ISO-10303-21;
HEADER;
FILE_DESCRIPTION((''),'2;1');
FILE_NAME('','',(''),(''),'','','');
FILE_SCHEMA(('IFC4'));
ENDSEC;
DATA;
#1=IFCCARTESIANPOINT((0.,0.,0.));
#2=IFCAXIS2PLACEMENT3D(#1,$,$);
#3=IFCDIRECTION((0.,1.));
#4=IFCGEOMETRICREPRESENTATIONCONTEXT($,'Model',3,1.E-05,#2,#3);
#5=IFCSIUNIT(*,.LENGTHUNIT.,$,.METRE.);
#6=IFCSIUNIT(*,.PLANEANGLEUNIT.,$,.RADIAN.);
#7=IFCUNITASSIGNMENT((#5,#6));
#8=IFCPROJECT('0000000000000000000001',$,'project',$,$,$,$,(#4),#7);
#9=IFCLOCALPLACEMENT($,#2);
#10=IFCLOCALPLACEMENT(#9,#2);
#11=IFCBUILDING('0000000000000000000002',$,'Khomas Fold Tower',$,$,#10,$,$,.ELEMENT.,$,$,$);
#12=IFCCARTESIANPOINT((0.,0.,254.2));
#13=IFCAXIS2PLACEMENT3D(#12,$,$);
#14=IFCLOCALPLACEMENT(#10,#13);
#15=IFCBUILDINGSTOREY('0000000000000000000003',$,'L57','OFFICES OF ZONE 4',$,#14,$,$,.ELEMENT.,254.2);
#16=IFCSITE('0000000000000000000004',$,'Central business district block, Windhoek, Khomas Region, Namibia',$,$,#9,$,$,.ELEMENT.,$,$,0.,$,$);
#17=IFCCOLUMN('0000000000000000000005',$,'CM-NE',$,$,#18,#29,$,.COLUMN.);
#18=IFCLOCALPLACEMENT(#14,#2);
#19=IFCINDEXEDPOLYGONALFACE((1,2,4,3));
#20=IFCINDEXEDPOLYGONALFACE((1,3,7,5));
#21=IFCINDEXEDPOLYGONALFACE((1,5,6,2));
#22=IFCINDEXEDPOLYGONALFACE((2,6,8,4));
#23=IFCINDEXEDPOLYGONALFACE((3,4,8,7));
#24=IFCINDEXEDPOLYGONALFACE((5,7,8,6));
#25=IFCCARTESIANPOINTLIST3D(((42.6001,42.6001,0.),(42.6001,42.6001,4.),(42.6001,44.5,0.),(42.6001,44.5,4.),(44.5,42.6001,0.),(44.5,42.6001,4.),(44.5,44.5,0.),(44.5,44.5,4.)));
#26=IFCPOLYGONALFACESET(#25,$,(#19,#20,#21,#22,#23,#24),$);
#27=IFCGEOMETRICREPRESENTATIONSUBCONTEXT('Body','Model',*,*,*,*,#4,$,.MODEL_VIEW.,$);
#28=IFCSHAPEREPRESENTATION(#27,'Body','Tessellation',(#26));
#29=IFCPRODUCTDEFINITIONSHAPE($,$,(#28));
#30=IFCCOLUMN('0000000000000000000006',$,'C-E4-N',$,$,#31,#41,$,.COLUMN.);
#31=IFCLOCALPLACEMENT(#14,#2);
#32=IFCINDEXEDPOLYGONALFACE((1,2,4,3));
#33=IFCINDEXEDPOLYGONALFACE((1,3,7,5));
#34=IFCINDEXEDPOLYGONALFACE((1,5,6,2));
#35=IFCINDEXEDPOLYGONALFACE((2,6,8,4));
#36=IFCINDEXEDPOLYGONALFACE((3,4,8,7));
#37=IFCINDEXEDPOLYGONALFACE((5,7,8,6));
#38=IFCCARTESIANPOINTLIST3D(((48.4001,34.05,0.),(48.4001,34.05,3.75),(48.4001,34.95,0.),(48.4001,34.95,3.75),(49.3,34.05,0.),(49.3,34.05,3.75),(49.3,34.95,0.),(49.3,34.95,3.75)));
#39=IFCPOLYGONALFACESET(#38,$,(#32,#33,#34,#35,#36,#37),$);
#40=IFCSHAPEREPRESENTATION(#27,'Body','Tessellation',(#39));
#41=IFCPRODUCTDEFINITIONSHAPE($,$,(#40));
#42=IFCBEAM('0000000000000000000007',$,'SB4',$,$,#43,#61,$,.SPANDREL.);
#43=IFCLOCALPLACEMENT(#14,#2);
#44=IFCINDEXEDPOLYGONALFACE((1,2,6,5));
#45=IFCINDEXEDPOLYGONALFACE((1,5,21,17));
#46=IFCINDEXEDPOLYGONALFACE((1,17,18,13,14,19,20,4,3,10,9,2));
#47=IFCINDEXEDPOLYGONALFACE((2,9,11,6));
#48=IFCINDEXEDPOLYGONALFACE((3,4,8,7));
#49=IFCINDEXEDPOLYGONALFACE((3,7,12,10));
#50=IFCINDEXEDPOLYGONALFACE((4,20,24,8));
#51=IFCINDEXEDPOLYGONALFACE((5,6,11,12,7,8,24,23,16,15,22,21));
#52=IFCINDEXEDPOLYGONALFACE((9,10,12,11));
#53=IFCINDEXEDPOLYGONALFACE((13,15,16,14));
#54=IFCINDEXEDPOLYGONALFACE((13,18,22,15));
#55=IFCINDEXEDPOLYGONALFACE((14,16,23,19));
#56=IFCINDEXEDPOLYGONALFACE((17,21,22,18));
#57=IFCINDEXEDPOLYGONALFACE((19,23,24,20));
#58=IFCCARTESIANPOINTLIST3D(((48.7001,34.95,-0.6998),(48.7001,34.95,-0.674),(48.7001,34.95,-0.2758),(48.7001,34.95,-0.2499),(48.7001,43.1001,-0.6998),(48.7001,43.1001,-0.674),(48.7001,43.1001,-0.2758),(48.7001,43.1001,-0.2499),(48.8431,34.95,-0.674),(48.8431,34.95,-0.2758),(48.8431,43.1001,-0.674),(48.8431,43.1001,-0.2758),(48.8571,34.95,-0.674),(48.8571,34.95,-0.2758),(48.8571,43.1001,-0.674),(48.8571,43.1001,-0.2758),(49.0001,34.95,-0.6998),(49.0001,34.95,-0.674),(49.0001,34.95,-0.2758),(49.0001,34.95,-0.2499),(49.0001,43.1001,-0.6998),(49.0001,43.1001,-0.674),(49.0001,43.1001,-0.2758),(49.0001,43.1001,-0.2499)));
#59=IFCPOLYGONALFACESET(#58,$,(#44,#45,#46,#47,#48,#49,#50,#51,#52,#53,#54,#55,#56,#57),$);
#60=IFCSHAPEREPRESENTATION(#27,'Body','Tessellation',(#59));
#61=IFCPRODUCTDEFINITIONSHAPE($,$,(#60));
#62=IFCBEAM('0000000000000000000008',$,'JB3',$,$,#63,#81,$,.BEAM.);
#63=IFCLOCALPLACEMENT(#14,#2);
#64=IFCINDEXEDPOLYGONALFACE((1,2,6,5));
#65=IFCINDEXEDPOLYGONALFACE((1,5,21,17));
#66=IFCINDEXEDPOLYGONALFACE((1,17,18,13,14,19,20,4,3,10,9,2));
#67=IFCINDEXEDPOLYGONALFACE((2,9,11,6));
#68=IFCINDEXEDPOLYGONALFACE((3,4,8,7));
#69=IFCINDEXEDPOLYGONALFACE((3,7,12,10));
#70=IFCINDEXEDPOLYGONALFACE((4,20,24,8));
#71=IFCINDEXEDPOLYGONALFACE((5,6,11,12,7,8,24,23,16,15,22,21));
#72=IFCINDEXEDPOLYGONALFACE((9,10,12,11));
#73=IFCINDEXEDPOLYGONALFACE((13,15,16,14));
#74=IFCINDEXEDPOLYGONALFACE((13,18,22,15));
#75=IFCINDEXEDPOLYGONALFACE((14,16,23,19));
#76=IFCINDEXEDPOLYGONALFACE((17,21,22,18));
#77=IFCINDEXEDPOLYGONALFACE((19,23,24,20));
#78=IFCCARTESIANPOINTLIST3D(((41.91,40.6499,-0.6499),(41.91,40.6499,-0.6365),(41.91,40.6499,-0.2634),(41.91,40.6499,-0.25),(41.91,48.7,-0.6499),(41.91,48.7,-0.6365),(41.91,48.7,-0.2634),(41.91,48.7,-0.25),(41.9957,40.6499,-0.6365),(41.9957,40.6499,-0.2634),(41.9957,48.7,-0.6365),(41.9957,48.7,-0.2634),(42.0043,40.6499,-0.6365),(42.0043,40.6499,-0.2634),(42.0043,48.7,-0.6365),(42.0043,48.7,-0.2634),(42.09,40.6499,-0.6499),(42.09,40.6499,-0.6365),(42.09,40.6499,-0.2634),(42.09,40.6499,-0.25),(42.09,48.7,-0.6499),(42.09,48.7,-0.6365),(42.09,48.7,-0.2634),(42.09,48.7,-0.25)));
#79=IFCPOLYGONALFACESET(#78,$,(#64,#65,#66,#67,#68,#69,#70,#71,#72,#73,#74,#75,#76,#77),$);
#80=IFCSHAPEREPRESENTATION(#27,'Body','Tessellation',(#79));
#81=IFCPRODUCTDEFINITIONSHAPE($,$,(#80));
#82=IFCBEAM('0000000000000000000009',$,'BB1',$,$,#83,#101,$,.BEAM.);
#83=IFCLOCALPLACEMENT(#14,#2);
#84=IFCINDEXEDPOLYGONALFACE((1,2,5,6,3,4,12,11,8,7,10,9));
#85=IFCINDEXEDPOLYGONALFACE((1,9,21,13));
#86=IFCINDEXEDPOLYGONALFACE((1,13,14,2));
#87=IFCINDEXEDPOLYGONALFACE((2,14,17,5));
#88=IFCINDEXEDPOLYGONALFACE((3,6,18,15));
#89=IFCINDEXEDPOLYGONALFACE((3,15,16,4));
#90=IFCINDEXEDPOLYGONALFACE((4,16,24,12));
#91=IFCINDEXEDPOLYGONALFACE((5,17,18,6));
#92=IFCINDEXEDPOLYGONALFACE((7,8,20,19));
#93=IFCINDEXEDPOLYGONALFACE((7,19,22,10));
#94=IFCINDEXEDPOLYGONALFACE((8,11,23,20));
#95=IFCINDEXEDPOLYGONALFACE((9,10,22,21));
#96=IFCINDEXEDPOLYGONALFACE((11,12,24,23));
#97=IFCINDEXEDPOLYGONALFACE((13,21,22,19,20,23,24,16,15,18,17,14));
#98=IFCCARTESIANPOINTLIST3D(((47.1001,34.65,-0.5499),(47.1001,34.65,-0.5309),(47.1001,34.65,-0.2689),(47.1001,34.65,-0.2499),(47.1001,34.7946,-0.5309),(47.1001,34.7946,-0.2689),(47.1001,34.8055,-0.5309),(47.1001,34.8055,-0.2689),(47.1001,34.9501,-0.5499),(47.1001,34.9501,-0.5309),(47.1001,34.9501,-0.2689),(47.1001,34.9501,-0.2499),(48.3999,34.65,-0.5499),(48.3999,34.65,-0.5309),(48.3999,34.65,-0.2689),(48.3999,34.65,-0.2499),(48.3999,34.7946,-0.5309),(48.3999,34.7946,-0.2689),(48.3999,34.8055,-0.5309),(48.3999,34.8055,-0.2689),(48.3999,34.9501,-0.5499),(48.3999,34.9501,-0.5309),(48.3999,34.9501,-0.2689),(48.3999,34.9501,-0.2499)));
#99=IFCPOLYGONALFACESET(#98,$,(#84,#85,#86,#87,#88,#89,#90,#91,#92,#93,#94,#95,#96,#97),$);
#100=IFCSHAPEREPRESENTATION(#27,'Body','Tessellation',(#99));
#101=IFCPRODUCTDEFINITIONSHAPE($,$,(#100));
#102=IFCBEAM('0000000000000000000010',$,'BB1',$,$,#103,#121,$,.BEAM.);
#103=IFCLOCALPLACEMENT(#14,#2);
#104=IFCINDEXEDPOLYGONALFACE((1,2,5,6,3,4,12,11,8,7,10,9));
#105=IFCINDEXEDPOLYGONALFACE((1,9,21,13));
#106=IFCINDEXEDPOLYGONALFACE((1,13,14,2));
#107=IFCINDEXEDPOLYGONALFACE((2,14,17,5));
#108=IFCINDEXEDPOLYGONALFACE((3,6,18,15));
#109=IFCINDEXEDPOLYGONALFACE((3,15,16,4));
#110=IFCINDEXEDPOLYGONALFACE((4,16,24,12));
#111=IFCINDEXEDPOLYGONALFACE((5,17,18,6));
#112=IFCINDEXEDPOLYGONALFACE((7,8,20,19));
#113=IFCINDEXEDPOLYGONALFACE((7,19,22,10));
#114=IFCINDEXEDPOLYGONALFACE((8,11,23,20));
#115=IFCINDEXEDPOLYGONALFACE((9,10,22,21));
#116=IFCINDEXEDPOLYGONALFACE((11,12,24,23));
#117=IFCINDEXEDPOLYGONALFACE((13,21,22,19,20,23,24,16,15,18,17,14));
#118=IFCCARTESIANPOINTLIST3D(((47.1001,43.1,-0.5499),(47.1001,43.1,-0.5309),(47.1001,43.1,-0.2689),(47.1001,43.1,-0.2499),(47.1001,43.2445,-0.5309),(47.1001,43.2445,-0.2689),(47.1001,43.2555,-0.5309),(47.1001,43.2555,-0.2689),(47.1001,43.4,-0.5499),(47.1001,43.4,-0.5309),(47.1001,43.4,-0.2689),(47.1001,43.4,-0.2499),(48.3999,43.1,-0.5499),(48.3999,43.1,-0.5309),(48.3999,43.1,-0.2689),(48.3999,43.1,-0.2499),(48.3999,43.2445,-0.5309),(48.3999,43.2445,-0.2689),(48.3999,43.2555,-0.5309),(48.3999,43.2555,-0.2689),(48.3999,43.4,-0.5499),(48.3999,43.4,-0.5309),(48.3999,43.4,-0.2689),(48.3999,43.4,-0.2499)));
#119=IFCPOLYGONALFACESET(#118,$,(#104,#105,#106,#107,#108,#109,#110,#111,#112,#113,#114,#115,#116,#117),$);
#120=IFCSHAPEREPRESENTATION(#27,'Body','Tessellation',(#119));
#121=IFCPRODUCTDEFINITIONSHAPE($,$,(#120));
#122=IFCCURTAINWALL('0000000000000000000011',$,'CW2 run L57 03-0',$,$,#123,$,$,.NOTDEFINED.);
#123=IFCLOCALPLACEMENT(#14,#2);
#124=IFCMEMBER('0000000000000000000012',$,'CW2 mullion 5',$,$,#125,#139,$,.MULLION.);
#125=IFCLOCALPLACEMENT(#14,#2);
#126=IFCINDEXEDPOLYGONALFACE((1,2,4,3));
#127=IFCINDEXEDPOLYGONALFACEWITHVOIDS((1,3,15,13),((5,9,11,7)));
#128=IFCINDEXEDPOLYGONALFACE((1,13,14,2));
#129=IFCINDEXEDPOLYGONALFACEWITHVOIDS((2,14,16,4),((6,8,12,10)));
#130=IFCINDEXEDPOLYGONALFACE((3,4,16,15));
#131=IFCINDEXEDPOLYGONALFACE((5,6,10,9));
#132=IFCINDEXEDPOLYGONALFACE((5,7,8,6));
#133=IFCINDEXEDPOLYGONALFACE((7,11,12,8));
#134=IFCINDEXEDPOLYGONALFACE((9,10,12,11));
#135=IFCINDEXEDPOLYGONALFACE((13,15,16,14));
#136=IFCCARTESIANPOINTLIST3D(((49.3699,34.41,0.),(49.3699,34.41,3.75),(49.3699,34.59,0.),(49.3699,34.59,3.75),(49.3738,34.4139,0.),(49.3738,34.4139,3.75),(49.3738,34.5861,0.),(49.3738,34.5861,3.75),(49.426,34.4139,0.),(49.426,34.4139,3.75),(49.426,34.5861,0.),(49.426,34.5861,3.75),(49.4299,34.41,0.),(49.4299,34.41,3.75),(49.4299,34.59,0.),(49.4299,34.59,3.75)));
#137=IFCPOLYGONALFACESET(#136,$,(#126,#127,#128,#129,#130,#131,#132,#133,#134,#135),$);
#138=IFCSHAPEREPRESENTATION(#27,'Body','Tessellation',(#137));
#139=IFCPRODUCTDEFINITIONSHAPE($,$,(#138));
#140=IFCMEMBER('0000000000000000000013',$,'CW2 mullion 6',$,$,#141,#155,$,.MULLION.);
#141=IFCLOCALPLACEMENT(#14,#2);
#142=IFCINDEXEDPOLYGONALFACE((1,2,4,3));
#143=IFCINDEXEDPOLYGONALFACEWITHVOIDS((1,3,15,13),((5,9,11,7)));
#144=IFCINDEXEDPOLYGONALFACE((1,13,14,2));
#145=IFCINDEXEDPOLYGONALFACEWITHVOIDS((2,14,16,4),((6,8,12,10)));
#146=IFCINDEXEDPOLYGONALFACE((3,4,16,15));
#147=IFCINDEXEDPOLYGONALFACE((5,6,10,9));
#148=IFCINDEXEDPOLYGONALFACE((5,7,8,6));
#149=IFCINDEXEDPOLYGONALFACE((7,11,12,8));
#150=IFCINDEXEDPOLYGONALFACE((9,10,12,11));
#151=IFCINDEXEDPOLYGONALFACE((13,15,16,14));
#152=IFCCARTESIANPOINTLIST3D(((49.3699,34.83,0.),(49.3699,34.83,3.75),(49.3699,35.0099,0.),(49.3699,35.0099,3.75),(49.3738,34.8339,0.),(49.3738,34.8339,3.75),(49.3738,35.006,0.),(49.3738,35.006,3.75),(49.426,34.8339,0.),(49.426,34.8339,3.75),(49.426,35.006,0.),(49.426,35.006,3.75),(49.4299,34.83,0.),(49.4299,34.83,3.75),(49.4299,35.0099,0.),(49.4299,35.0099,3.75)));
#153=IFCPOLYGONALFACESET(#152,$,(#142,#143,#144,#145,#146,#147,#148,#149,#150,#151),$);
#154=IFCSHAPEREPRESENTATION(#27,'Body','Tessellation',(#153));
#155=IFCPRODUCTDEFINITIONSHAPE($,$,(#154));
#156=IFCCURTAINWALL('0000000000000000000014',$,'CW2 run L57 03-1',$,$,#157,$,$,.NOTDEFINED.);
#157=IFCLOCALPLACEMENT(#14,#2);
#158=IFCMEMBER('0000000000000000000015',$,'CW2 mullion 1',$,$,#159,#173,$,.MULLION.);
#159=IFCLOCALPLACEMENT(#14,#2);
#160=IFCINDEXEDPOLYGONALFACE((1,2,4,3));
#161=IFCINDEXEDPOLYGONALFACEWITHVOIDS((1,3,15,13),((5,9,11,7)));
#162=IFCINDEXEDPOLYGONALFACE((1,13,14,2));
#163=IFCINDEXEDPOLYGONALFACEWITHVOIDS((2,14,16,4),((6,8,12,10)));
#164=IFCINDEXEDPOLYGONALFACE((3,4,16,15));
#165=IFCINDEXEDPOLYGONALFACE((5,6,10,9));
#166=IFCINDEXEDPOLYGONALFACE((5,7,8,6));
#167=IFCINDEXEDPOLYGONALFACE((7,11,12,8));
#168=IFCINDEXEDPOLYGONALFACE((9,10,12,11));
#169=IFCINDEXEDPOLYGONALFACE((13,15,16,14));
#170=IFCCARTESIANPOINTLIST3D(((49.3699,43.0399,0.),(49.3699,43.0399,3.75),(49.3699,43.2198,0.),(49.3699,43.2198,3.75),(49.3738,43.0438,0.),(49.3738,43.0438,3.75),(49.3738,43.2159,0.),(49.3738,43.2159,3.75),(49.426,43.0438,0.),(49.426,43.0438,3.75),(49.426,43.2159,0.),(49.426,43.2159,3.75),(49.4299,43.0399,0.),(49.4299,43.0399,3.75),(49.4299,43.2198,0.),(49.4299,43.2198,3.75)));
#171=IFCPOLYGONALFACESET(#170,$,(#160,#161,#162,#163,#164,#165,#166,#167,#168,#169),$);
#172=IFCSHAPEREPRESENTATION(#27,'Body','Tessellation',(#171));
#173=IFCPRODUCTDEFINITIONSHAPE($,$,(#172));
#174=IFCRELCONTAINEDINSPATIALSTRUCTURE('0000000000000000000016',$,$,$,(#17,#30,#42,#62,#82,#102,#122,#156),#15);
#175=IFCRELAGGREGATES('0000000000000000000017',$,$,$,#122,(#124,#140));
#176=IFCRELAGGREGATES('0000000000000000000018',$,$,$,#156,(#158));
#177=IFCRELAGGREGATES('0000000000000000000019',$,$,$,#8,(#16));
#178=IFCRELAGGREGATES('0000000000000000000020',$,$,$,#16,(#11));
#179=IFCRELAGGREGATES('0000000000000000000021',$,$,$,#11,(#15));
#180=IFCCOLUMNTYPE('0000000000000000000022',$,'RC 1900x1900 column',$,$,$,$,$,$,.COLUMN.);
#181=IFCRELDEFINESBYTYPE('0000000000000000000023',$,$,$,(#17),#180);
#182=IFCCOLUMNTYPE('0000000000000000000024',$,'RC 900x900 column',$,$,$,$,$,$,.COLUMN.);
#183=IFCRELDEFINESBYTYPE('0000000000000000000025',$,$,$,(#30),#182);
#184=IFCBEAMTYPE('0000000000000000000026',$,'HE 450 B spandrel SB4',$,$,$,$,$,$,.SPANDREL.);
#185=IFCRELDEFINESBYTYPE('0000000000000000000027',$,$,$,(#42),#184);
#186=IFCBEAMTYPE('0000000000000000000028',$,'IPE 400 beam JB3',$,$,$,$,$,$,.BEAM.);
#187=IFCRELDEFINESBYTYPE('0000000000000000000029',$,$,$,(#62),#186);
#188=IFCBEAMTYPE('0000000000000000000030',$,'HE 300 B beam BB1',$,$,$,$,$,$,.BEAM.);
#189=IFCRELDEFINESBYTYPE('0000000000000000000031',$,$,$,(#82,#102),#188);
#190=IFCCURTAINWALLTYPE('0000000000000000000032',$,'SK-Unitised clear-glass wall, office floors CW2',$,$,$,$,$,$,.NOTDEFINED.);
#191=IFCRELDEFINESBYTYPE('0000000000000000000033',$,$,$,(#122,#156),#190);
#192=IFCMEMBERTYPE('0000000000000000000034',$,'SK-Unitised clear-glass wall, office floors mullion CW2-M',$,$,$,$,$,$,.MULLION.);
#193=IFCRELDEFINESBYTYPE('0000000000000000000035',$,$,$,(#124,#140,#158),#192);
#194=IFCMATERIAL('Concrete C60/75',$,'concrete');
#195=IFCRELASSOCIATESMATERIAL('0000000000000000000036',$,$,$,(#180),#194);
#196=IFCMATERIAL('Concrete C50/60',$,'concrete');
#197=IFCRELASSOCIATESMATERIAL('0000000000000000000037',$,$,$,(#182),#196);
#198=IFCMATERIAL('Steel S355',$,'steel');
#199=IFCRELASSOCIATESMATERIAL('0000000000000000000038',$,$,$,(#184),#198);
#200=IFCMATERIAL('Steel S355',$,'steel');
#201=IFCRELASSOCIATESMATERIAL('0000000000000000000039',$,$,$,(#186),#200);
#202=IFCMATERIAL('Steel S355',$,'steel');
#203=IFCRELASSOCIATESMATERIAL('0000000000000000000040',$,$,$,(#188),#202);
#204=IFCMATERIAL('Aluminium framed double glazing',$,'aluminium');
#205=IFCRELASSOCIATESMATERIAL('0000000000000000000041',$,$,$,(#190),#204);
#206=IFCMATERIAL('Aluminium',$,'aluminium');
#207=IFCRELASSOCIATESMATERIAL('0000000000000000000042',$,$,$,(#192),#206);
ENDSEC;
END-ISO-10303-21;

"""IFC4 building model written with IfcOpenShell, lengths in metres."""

from ifc_helpers import new_model, si_unit, direction, frame, origin, origin_2d, place, context, subcontext, project, spatial, rectangle, hollow_rectangle, i_section, extrude, source, transform, mapped, material, material_profile, profile_set, type_object, element, aggregate, save


model = new_model("IFC4")

# Units and contexts
model_context = context("Model", 3, precision=1e-05, world=origin(), true_north=direction((0.0, 1.0)))
body_context = subcontext(model_context, "Body", "Model", "MODEL_VIEW")
ifc_project = project(units=[si_unit("LENGTHUNIT", "METRE"), si_unit("PLANEANGLEUNIT", "RADIAN")], contexts=[model_context])

# Site, building, storey
site_placement = place(None, origin())
site = spatial("IfcSite", under=ifc_project, at=site_placement, Name="Central business district block, Windhoek, Khomas Region, Namibia", CompositionType="ELEMENT", RefElevation=0.0)
building_placement = place(site_placement, origin())
building = spatial("IfcBuilding", under=site, at=building_placement, Name="Khomas Fold Tower", CompositionType="ELEMENT")
storey_placement = place(building_placement, frame((0.0, 0.0, 254.2)))
storey = spatial("IfcBuildingStorey", under=building, at=storey_placement, Name="L57", Description="OFFICES OF ZONE 4", CompositionType="ELEMENT", Elevation=254.2)

# Columns
ifc_material_1 = material(Name="Concrete C60/75", Category="concrete")
ifc_material_profile_1 = material_profile(ifc_material_1, rectangle(XDim=1.8999, YDim=1.8999, at=origin_2d()), Name="RC 1900x1900")
ifc_profile_set_1 = profile_set([ifc_material_profile_1], Name="Concrete C60/75")
column_type_1 = type_object("IfcColumnType", Name="RC 1900x1900 column", PredefinedType="COLUMN", material=ifc_profile_set_1)
shared_shape_1 = source(origin(), body_context, "Body", "SweptSolid", [
    extrude(rectangle(XDim=1.8999, YDim=1.8999, at=origin_2d()), origin(), (0.0, 0.0, 1.0), 4.0),
])
column_1_placement = place(storey_placement, frame((43.55, 43.55, 0.0), z_axis=(0.0, 0.0, 1.0), x_axis=(1.0, 0.0, 0.0)))
element("IfcColumn", 1, at=column_1_placement, inside=storey, type_object=column_type_1, Name="CM-NE", PredefinedType="COLUMN", context=body_context, shape_type="MappedRepresentation", body=[
    mapped(shared_shape_1, transform((0.0, 0.0, 0.0))),
])
ifc_material_2 = material(Name="Concrete C50/60", Category="concrete")
ifc_material_profile_2 = material_profile(ifc_material_2, rectangle(XDim=0.8999, YDim=0.8999, at=origin_2d()), Name="RC 900x900")
ifc_profile_set_2 = profile_set([ifc_material_profile_2], Name="Concrete C50/60")
column_type_2 = type_object("IfcColumnType", Name="RC 900x900 column", PredefinedType="COLUMN", material=ifc_profile_set_2)
shared_shape_2 = source(origin(), body_context, "Body", "SweptSolid", [
    extrude(rectangle(XDim=0.8999, YDim=0.8999, at=origin_2d()), origin(), (0.0, 0.0, 1.0), 3.75),
])
column_2_placement = place(storey_placement, frame((48.8501, 34.5, 0.0), z_axis=(0.0, 0.0, 1.0), x_axis=(1.0, 0.0, 0.0)))
element("IfcColumn", 2, at=column_2_placement, inside=storey, type_object=column_type_2, Name="C-E4-N", PredefinedType="COLUMN", context=body_context, shape_type="MappedRepresentation", body=[
    mapped(shared_shape_2, transform((0.0, 0.0, 0.0))),
])

# Beams
ifc_material_3 = material(Name="Steel S355", Category="steel")
ifc_material_profile_3 = material_profile(ifc_material_3, i_section(OverallWidth=0.3, OverallDepth=0.45, WebThickness=0.0139, FlangeThickness=0.0259, at=origin_2d()), Name="HE 450 B")
ifc_profile_set_3 = profile_set([ifc_material_profile_3], Name="Steel S355")
beam_type_1 = type_object("IfcBeamType", Name="HE 450 B spandrel SB4", PredefinedType="SPANDREL", material=ifc_profile_set_3)
shared_shape_3 = source(origin(), body_context, "Body", "SweptSolid", [
    extrude(i_section(OverallWidth=0.3, OverallDepth=0.45, WebThickness=0.0139, FlangeThickness=0.0259, at=origin_2d()), origin(), (0.0, 0.0, 1.0), 8.1501),
])
beam_1_placement = place(storey_placement, frame((48.8501, 34.95, -0.4749), z_axis=(0.0, 1.0, 0.0), x_axis=(-1.0, 0.0, 0.0)))
element("IfcBeam", 3, at=beam_1_placement, inside=storey, type_object=beam_type_1, Name="SB4", PredefinedType="SPANDREL", context=body_context, shape_type="MappedRepresentation", body=[
    mapped(shared_shape_3, transform((0.0, 0.0, 0.0))),
])
ifc_material_4 = material(Name="Steel S355", Category="steel")
ifc_material_profile_4 = material_profile(ifc_material_4, i_section(OverallWidth=0.1799, OverallDepth=0.3999, WebThickness=0.0085, FlangeThickness=0.0134, at=origin_2d()), Name="IPE 400")
ifc_profile_set_4 = profile_set([ifc_material_profile_4], Name="Steel S355")
beam_type_2 = type_object("IfcBeamType", Name="IPE 400 beam JB3", PredefinedType="BEAM", material=ifc_profile_set_4)
shared_shape_4 = source(origin(), body_context, "Body", "SweptSolid", [
    extrude(i_section(OverallWidth=0.1799, OverallDepth=0.3999, WebThickness=0.0085, FlangeThickness=0.0134, at=origin_2d()), origin(), (0.0, 0.0, 1.0), 8.05),
])
beam_2_placement = place(storey_placement, frame((42.0, 40.6499, -0.45), z_axis=(0.0, 1.0, 0.0), x_axis=(-1.0, 0.0, 0.0)))
element("IfcBeam", 4, at=beam_2_placement, inside=storey, type_object=beam_type_2, Name="JB3", PredefinedType="BEAM", context=body_context, shape_type="MappedRepresentation", body=[
    mapped(shared_shape_4, transform((0.0, 0.0, 0.0))),
])
ifc_material_5 = material(Name="Steel S355", Category="steel")
ifc_material_profile_5 = material_profile(ifc_material_5, i_section(OverallWidth=0.3, OverallDepth=0.3, WebThickness=0.011, FlangeThickness=0.019, at=origin_2d()), Name="HE 300 B")
ifc_profile_set_5 = profile_set([ifc_material_profile_5], Name="Steel S355")
beam_type_3 = type_object("IfcBeamType", Name="HE 300 B beam BB1", PredefinedType="BEAM", material=ifc_profile_set_5)
shared_shape_5 = source(origin(), body_context, "Body", "SweptSolid", [
    extrude(i_section(OverallWidth=0.3, OverallDepth=0.3, WebThickness=0.011, FlangeThickness=0.019, at=origin_2d()), origin(), (0.0, 0.0, 1.0), 1.2998),
])
for number, where, z_axis, x_axis, name in (
    (5, (47.1001, 34.8, -0.3999), (1.0, 0.0, 0.0), (0.0, 1.0, 0.0), "BB1"),
    (6, (47.1001, 43.25, -0.3999), (1.0, 0.0, 0.0), (0.0, 1.0, 0.0), "BB1"),
):
    element("IfcBeam", number, at=place(storey_placement, frame(where, z_axis=z_axis, x_axis=x_axis)), inside=storey, type_object=beam_type_3, Name=name, PredefinedType="BEAM", context=body_context, shape_type="MappedRepresentation", body=[
        mapped(shared_shape_5, transform((0.0, 0.0, 0.0))),
    ])

# Curtain wall, members
ifc_material_6 = material(Name="Aluminium framed double glazing", Category="aluminium")
curtain_wall_type = type_object("IfcCurtainWallType", Name="SK-Unitised clear-glass wall, office floors CW2", PredefinedType="NOTDEFINED", material=ifc_material_6)
curtain_wall_1_placement = place(storey_placement, origin())
curtain_wall_1 = element("IfcCurtainWall", 7, at=curtain_wall_1_placement, inside=storey, type_object=curtain_wall_type, Name="CW2 run L57 03-0", PredefinedType="NOTDEFINED")
ifc_material_7 = material(Name="Aluminium", Category="aluminium")
ifc_material_profile_6 = material_profile(ifc_material_7, hollow_rectangle(XDim=0.0601, YDim=0.1799, WallThickness=0.0039, at=origin_2d()), Name="SK-Unitised clear-glass wall, office floors mullion CW2-M")
ifc_profile_set_6 = profile_set([ifc_material_profile_6], Name="Aluminium")
member_type_1 = type_object("IfcMemberType", Name="SK-Unitised clear-glass wall, office floors mullion CW2-M", PredefinedType="MULLION", material=ifc_profile_set_6)
shared_shape_6 = source(origin(), body_context, "Body", "SweptSolid", [
    extrude(hollow_rectangle(XDim=0.0601, YDim=0.1799, WallThickness=0.0039, at=origin_2d()), origin(), (0.0, 0.0, 1.0), 3.75),
])
member_1_placement = place(storey_placement, frame((49.3999, 34.5, 0.0), z_axis=(0.0, 0.0, 1.0), x_axis=(-1.0, 0.0, 0.0)))
member_1 = element("IfcMember", 8, at=member_1_placement, type_object=member_type_1, Name="CW2 mullion 5", PredefinedType="MULLION", context=body_context, shape_type="MappedRepresentation", body=[
    mapped(shared_shape_6, transform((0.0, 0.0, 0.0))),
])
member_2_placement = place(storey_placement, frame((49.3999, 34.9199, 0.0), z_axis=(0.0, 0.0, 1.0), x_axis=(-1.0, 0.0, 0.0)))
member_2 = element("IfcMember", 9, at=member_2_placement, type_object=member_type_1, Name="CW2 mullion 6", PredefinedType="MULLION", context=body_context, shape_type="MappedRepresentation", body=[
    mapped(shared_shape_6, transform((0.0, 0.0, 0.0))),
])

# Curtain wall, member
curtain_wall_2_placement = place(storey_placement, origin())
curtain_wall_2 = element("IfcCurtainWall", 10, at=curtain_wall_2_placement, inside=storey, type_object=curtain_wall_type, Name="CW2 run L57 03-1", PredefinedType="NOTDEFINED")
member_3_placement = place(storey_placement, frame((49.3999, 43.1299, 0.0), z_axis=(0.0, 0.0, 1.0), x_axis=(-1.0, 0.0, 0.0)))
member_3 = element("IfcMember", 11, at=member_3_placement, type_object=member_type_1, Name="CW2 mullion 1", PredefinedType="MULLION", context=body_context, shape_type="MappedRepresentation", body=[
    mapped(shared_shape_6, transform((0.0, 0.0, 0.0))),
])

aggregate(curtain_wall_1, [member_1, member_2])
aggregate(curtain_wall_2, [member_3])

save(model, "model.ifc")
